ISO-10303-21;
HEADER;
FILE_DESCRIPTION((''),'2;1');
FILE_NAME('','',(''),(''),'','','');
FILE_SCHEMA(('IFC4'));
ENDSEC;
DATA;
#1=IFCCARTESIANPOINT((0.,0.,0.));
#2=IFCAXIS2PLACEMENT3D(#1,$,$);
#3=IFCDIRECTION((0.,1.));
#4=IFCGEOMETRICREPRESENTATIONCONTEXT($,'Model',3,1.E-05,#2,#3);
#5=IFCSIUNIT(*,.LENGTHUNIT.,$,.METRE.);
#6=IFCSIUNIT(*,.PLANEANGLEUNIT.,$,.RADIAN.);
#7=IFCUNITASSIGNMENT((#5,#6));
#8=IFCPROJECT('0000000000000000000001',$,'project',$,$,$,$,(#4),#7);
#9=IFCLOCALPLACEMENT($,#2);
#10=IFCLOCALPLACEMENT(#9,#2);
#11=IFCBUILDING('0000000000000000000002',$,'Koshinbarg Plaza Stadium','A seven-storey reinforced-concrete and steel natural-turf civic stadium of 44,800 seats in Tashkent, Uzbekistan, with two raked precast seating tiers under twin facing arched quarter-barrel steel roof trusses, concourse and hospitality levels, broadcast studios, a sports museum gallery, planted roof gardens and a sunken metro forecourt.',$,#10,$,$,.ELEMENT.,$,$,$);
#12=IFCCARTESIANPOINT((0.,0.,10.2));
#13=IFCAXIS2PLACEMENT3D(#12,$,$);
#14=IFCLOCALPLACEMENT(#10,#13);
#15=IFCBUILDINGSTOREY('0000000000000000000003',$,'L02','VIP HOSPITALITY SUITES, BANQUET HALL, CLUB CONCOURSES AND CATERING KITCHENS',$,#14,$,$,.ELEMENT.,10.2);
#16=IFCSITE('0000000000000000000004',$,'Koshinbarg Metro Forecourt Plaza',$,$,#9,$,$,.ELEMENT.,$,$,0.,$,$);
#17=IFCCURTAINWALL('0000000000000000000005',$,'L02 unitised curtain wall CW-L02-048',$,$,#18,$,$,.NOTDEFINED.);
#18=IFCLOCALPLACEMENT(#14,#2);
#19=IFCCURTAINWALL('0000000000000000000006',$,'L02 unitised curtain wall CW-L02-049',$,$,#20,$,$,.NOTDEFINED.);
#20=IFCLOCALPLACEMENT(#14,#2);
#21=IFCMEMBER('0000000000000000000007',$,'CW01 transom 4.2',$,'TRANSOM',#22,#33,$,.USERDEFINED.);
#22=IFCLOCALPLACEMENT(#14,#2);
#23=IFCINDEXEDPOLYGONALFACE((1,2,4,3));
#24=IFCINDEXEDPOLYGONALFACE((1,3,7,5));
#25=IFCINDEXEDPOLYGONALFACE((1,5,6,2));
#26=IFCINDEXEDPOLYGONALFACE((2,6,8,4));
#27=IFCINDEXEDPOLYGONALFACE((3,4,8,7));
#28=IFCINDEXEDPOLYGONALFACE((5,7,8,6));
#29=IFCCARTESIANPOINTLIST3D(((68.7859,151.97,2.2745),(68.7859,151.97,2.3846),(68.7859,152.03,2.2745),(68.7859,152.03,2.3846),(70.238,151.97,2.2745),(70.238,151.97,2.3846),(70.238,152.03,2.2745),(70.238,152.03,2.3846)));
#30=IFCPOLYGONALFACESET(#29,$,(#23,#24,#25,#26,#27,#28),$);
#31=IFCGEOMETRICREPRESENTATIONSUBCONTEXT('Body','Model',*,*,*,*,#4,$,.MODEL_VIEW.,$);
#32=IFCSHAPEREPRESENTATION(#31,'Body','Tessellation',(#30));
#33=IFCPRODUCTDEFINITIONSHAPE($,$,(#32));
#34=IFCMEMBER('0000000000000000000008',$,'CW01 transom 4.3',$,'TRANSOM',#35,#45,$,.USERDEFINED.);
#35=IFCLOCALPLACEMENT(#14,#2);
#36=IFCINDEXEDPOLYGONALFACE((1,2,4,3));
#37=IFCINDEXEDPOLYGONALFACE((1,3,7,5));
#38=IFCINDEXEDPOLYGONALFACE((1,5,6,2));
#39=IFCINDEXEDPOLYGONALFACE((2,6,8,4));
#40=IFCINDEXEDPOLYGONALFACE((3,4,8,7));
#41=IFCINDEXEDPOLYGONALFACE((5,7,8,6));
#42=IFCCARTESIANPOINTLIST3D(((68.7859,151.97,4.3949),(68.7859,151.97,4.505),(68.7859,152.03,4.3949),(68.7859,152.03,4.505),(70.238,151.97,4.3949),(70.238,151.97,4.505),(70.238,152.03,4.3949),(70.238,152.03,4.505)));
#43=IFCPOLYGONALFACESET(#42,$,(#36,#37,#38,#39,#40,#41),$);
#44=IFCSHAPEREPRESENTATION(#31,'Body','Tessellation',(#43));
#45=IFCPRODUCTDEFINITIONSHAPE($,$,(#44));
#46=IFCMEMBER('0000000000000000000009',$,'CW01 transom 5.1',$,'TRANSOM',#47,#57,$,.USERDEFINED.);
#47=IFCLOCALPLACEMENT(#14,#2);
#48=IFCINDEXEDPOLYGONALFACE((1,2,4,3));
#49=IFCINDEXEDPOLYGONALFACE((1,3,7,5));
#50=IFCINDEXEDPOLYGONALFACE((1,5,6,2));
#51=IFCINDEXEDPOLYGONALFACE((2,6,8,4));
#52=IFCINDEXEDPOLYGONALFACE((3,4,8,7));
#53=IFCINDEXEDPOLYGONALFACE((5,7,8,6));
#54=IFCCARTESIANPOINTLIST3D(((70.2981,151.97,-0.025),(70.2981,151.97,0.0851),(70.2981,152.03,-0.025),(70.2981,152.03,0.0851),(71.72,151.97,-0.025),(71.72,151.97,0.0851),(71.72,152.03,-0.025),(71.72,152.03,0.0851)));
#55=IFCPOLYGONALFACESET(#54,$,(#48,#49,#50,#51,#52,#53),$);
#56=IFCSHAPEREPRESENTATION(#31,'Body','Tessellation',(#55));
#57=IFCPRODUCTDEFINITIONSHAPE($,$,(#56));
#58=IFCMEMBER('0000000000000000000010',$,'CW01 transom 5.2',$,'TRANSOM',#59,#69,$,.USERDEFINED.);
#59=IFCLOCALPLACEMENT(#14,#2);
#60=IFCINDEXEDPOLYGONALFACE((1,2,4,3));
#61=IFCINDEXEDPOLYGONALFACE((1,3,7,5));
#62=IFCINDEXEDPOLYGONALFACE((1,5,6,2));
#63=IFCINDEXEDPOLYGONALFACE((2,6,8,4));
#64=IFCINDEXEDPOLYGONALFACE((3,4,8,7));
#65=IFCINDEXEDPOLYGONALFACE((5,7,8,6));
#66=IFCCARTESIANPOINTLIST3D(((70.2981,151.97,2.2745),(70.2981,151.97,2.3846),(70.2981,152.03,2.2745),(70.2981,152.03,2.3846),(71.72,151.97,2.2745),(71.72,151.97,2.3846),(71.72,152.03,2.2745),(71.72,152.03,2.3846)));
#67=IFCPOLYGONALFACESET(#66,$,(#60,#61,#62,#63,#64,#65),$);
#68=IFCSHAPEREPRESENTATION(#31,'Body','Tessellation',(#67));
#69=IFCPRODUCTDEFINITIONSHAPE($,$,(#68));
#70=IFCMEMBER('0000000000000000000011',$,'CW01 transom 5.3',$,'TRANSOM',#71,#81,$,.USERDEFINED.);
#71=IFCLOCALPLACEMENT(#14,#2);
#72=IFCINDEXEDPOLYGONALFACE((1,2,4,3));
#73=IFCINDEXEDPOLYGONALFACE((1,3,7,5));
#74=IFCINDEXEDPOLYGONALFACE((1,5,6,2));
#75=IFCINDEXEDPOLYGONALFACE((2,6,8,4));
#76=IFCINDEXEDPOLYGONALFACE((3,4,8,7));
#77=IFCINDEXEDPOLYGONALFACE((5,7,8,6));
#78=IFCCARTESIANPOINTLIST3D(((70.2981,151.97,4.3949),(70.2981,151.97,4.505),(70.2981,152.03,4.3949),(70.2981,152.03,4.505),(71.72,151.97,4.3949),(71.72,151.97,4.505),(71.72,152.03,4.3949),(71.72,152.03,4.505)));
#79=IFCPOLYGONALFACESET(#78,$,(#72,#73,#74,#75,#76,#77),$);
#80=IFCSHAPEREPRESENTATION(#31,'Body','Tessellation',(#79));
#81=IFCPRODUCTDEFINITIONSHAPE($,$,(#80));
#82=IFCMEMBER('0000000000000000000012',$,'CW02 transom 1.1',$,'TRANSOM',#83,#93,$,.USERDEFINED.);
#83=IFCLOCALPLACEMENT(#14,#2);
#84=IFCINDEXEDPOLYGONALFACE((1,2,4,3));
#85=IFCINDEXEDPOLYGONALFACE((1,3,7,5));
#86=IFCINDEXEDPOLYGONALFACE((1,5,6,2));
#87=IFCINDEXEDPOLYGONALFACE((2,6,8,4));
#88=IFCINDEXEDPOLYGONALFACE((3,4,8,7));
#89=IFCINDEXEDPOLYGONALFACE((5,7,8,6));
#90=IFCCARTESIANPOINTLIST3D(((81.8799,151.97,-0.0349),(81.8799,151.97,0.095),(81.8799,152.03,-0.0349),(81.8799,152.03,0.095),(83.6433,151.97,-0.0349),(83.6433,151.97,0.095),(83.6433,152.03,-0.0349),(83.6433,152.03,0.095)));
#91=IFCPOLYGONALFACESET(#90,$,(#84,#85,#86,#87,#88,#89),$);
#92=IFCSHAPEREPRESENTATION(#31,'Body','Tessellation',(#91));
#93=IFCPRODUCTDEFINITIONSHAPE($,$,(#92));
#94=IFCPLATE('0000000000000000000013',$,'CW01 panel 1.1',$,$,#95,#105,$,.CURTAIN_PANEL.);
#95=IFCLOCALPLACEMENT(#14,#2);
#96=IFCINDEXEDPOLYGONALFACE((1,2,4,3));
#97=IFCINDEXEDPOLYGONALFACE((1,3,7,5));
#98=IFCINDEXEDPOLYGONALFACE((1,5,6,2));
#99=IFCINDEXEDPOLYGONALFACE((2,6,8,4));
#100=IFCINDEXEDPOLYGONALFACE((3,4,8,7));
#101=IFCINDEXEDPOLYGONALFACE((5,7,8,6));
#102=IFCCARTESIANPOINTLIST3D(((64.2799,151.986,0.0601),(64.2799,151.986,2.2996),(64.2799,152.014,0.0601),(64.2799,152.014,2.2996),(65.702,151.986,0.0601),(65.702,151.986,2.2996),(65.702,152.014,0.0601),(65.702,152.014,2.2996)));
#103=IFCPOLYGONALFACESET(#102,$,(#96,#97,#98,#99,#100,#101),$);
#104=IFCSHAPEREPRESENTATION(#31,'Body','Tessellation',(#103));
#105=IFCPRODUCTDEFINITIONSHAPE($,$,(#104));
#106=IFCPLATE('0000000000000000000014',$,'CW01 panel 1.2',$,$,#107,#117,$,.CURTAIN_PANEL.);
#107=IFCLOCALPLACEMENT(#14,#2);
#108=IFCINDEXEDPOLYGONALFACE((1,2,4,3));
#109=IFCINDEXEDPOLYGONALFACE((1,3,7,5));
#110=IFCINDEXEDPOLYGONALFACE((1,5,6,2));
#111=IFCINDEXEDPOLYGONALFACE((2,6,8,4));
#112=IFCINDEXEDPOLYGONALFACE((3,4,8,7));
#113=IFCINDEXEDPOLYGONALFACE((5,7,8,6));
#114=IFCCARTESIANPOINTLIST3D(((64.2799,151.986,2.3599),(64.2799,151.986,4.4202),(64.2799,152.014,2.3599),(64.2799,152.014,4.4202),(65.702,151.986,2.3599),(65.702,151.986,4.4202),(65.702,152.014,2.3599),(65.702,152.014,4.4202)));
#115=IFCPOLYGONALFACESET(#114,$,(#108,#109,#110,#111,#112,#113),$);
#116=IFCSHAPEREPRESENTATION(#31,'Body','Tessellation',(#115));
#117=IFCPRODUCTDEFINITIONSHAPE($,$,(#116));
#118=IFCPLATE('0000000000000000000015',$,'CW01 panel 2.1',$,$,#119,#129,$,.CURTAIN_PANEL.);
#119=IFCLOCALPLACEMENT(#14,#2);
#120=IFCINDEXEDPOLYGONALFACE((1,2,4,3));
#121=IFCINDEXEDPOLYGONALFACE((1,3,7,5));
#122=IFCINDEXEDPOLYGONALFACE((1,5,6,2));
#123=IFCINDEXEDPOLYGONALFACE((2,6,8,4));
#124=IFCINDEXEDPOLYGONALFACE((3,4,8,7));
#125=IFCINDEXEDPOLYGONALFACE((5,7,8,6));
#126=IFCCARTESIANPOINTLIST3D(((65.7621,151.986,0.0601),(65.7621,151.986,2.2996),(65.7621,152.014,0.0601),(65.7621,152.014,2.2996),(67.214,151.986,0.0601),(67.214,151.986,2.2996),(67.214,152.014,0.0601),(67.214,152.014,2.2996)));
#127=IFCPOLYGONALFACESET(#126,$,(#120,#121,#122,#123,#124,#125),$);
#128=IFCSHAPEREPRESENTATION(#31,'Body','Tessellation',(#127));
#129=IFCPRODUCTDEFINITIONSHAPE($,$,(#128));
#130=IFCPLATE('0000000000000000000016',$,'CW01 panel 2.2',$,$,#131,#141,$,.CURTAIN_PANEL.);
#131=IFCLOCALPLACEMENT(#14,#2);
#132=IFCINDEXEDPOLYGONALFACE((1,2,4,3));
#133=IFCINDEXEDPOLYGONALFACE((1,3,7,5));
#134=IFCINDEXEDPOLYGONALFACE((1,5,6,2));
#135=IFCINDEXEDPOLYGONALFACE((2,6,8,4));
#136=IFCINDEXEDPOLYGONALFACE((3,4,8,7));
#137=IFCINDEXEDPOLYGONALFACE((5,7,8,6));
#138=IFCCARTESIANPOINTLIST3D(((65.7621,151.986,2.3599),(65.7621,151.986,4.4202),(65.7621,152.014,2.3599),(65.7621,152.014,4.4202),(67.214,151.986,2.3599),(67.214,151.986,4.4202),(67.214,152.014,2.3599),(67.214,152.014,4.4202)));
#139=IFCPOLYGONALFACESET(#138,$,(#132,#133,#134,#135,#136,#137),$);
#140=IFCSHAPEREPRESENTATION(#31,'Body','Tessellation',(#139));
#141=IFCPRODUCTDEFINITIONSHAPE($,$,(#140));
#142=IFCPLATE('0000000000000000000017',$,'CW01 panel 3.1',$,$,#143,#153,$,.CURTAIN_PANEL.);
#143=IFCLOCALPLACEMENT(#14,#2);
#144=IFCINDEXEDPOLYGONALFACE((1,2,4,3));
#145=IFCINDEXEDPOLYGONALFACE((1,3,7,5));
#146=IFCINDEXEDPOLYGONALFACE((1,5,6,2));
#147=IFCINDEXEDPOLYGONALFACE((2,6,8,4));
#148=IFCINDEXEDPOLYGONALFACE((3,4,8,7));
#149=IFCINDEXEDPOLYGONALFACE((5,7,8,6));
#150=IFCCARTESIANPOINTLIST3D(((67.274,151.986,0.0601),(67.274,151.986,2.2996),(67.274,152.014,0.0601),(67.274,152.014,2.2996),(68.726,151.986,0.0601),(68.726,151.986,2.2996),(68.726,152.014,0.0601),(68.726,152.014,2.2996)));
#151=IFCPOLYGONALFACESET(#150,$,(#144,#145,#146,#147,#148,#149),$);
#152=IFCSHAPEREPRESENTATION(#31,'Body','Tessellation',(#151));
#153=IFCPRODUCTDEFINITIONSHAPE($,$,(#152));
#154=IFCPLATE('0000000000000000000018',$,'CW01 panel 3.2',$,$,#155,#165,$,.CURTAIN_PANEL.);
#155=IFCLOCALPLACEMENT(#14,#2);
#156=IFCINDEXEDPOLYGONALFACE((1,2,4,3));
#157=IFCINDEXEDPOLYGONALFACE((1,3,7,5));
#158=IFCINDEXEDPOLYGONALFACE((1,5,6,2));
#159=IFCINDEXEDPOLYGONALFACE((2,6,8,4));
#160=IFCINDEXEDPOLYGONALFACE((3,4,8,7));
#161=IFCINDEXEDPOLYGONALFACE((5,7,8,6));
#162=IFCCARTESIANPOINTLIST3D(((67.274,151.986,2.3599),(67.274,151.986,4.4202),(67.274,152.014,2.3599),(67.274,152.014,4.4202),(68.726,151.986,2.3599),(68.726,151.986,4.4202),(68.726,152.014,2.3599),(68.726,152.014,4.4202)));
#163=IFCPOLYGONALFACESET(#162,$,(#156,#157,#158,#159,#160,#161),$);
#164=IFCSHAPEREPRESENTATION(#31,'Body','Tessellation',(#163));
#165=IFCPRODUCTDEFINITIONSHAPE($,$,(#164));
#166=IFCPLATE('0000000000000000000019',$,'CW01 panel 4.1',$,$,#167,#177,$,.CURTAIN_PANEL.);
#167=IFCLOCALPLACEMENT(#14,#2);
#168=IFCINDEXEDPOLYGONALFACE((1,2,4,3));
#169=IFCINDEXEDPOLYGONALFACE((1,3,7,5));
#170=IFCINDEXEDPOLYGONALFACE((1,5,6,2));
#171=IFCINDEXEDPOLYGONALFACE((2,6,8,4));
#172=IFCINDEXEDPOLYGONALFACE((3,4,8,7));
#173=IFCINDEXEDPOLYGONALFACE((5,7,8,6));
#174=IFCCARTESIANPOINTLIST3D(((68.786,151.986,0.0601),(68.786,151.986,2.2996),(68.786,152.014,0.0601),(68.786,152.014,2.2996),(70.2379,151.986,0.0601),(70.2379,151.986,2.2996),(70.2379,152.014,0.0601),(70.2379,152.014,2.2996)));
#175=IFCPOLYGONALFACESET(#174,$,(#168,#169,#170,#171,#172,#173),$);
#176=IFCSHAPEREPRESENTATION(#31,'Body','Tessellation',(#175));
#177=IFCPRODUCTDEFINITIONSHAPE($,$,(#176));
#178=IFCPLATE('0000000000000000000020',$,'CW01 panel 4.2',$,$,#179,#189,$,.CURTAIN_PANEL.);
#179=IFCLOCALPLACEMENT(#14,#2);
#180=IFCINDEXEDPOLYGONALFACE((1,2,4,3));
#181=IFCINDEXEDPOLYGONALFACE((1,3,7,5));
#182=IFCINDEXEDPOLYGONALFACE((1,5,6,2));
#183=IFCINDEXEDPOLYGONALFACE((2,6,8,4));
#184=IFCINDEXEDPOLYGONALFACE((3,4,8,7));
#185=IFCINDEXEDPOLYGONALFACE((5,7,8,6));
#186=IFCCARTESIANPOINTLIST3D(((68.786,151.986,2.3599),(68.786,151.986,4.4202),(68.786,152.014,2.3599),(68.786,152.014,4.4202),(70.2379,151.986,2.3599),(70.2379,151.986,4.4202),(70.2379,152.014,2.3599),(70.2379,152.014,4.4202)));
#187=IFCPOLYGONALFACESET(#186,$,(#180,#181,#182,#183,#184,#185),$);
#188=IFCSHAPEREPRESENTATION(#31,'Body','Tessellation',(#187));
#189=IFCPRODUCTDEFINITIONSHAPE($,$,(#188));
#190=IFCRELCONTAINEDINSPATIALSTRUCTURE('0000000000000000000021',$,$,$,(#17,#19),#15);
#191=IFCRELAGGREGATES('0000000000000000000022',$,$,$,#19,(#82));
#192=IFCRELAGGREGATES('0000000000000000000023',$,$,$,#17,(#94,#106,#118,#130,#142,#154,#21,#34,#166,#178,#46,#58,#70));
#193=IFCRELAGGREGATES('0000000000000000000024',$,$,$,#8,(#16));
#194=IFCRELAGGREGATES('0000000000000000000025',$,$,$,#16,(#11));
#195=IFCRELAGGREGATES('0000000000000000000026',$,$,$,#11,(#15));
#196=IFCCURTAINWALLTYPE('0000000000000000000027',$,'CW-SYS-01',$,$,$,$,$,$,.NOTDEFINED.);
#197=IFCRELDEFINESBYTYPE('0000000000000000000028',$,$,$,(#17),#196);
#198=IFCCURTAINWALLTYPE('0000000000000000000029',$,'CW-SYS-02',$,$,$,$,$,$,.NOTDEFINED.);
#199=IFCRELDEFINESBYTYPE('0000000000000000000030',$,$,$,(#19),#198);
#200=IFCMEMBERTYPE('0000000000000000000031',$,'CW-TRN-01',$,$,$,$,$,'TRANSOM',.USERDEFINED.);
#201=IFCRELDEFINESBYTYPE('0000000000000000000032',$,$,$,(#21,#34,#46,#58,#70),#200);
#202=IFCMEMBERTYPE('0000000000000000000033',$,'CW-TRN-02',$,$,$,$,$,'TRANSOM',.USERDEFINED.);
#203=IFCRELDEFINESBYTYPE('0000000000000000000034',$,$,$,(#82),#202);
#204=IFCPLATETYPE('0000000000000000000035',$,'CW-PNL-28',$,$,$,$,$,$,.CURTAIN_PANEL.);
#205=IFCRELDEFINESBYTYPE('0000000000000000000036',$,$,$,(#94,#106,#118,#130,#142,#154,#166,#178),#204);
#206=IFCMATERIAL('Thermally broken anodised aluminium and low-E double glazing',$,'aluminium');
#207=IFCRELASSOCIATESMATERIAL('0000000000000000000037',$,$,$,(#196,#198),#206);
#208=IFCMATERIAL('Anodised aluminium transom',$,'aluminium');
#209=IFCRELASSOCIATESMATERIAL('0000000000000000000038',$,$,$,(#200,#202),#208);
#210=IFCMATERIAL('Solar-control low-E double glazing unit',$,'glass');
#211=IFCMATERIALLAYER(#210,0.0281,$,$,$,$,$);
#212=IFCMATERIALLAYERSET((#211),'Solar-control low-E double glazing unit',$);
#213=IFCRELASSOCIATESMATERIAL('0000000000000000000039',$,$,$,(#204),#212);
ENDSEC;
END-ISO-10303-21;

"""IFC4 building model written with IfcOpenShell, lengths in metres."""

from ifc_helpers import new_model, si_unit, direction, frame, origin, origin_2d, place, context, subcontext, project, spatial, rectangle, extrude, material, layer, layer_set, material_profile, profile_set, type_object, element, aggregate, save


model = new_model("IFC4")

# Units and contexts
model_context = context("Model", 3, precision=1e-05, world=origin(), true_north=direction((0.0, 1.0)))
body_context = subcontext(model_context, "Body", "Model", "MODEL_VIEW")
ifc_project = project(units=[si_unit("LENGTHUNIT", "METRE"), si_unit("PLANEANGLEUNIT", "RADIAN")], contexts=[model_context])

# Site, building, storey
site_placement = place(None, origin())
site = spatial("IfcSite", under=ifc_project, at=site_placement, Name="Koshinbarg Metro Forecourt Plaza", CompositionType="ELEMENT", RefElevation=0.0)
building_placement = place(site_placement, origin())
building = spatial("IfcBuilding", under=site, at=building_placement, Name="Koshinbarg Plaza Stadium", Description="A seven-storey reinforced-concrete and steel natural-turf civic stadium of 44,800 seats in Tashkent, Uzbekistan, with two raked precast seating tiers under twin facing arched quarter-barrel steel roof trusses, concourse and hospitality levels, broadcast studios, a sports museum gallery, planted roof gardens and a sunken metro forecourt.", CompositionType="ELEMENT")
storey_placement = place(building_placement, frame((0.0, 0.0, 10.2)))
storey = spatial("IfcBuildingStorey", under=building, at=storey_placement, Name="L02", Description="VIP HOSPITALITY SUITES, BANQUET HALL, CLUB CONCOURSES AND CATERING KITCHENS", CompositionType="ELEMENT", Elevation=10.2)

# Curtain wall
ifc_material_1 = material(Name="Thermally broken anodised aluminium and low-E double glazing", Category="aluminium")
curtain_wall_type_1 = type_object("IfcCurtainWallType", Name="CW-SYS-01", PredefinedType="NOTDEFINED", material=ifc_material_1)
curtain_wall_1_placement = place(storey_placement, origin())
curtain_wall_1 = element("IfcCurtainWall", 1, at=curtain_wall_1_placement, inside=storey, type_object=curtain_wall_type_1, Name="L02 unitised curtain wall CW-L02-048", PredefinedType="NOTDEFINED")

# Curtain wall
curtain_wall_type_2 = type_object("IfcCurtainWallType", Name="CW-SYS-02", PredefinedType="NOTDEFINED", material=ifc_material_1)
curtain_wall_2_placement = place(storey_placement, origin())
curtain_wall_2 = element("IfcCurtainWall", 2, at=curtain_wall_2_placement, inside=storey, type_object=curtain_wall_type_2, Name="L02 unitised curtain wall CW-L02-049", PredefinedType="NOTDEFINED")

# Members
ifc_material_2 = material(Name="Anodised aluminium transom", Category="aluminium")
ifc_material_profile_1 = material_profile(ifc_material_2, rectangle(XDim=0.0601, YDim=0.1101, at=origin_2d()), Name="ALU 60x110")
ifc_profile_set_1 = profile_set([ifc_material_profile_1], Name="Anodised aluminium transom")
member_type_1 = type_object("IfcMemberType", Name="CW-TRN-01", ElementType="TRANSOM", PredefinedType="USERDEFINED", material=ifc_profile_set_1)
member_1_placement = place(storey_placement, frame((68.7859, 152.0, 2.3296), z_axis=(1.0, 0.0, 0.0), x_axis=(0.0, 1.0, 0.0)))
member_1 = element("IfcMember", 3, at=member_1_placement, type_object=member_type_1, Name="CW01 transom 4.2", ObjectType="TRANSOM", PredefinedType="USERDEFINED", context=body_context, shape_type="SweptSolid", body=[
    extrude(rectangle(XDim=0.0601, YDim=0.1101, at=origin_2d()), origin(), (0.0, 0.0, 1.0), 1.4521),
])
member_2_placement = place(storey_placement, frame((68.7859, 152.0, 4.45), z_axis=(1.0, 0.0, 0.0), x_axis=(0.0, 1.0, 0.0)))
member_2 = element("IfcMember", 4, at=member_2_placement, type_object=member_type_1, Name="CW01 transom 4.3", ObjectType="TRANSOM", PredefinedType="USERDEFINED", context=body_context, shape_type="SweptSolid", body=[
    extrude(rectangle(XDim=0.0601, YDim=0.1101, at=origin_2d()), origin(), (0.0, 0.0, 1.0), 1.4521),
])
member_3_placement = place(storey_placement, frame((70.2981, 152.0, 0.03), z_axis=(1.0, 0.0, 0.0), x_axis=(0.0, 1.0, 0.0)))
member_3 = element("IfcMember", 5, at=member_3_placement, type_object=member_type_1, Name="CW01 transom 5.1", ObjectType="TRANSOM", PredefinedType="USERDEFINED", context=body_context, shape_type="SweptSolid", body=[
    extrude(rectangle(XDim=0.0601, YDim=0.1101, at=origin_2d()), origin(), (0.0, 0.0, 1.0), 1.4219),
])
member_4_placement = place(storey_placement, frame((70.2981, 152.0, 2.3296), z_axis=(1.0, 0.0, 0.0), x_axis=(0.0, 1.0, 0.0)))
member_4 = element("IfcMember", 6, at=member_4_placement, type_object=member_type_1, Name="CW01 transom 5.2", ObjectType="TRANSOM", PredefinedType="USERDEFINED", context=body_context, shape_type="SweptSolid", body=[
    extrude(rectangle(XDim=0.0601, YDim=0.1101, at=origin_2d()), origin(), (0.0, 0.0, 1.0), 1.4219),
])
member_5_placement = place(storey_placement, frame((70.2981, 152.0, 4.45), z_axis=(1.0, 0.0, 0.0), x_axis=(0.0, 1.0, 0.0)))
member_5 = element("IfcMember", 7, at=member_5_placement, type_object=member_type_1, Name="CW01 transom 5.3", ObjectType="TRANSOM", PredefinedType="USERDEFINED", context=body_context, shape_type="SweptSolid", body=[
    extrude(rectangle(XDim=0.0601, YDim=0.1101, at=origin_2d()), origin(), (0.0, 0.0, 1.0), 1.4219),
])
ifc_material_profile_2 = material_profile(ifc_material_2, rectangle(XDim=0.0601, YDim=0.1299, at=origin_2d()), Name="ALU 60x130")
ifc_profile_set_2 = profile_set([ifc_material_profile_2], Name="Anodised aluminium transom")
member_type_2 = type_object("IfcMemberType", Name="CW-TRN-02", ElementType="TRANSOM", PredefinedType="USERDEFINED", material=ifc_profile_set_2)
member_6_placement = place(storey_placement, frame((81.8799, 152.0, 0.03), z_axis=(1.0, 0.0, 0.0), x_axis=(0.0, 1.0, 0.0)))
member_6 = element("IfcMember", 8, at=member_6_placement, type_object=member_type_2, Name="CW02 transom 1.1", ObjectType="TRANSOM", PredefinedType="USERDEFINED", context=body_context, shape_type="SweptSolid", body=[
    extrude(rectangle(XDim=0.0601, YDim=0.1299, at=origin_2d()), origin(), (0.0, 0.0, 1.0), 1.7634),
])
aggregate(curtain_wall_2, [member_6])

# Plates
ifc_material_3 = material(Name="Solar-control low-E double glazing unit", Category="glass")
ifc_layer_1 = layer(ifc_material_3, 0.0281)
ifc_layer_set_1 = layer_set([ifc_layer_1], Name="Solar-control low-E double glazing unit")
plate_type = type_object("IfcPlateType", Name="CW-PNL-28", PredefinedType="CURTAIN_PANEL", material=ifc_layer_set_1)
plate_1_placement = place(storey_placement, frame((64.991, 152.0, 0.0601), z_axis=(0.0, 0.0, 1.0), x_axis=(1.0, 0.0, 0.0)))
plate_1 = element("IfcPlate", 9, at=plate_1_placement, type_object=plate_type, Name="CW01 panel 1.1", PredefinedType="CURTAIN_PANEL", context=body_context, shape_type="SweptSolid", body=[
    extrude(rectangle(XDim=1.4221, YDim=0.0281, at=origin_2d()), origin(), (0.0, 0.0, 1.0), 2.2395),
])
plate_2_placement = place(storey_placement, frame((64.991, 152.0, 2.3599), z_axis=(0.0, 0.0, 1.0), x_axis=(1.0, 0.0, 0.0)))
plate_2 = element("IfcPlate", 10, at=plate_2_placement, type_object=plate_type, Name="CW01 panel 1.2", PredefinedType="CURTAIN_PANEL", context=body_context, shape_type="SweptSolid", body=[
    extrude(rectangle(XDim=1.4221, YDim=0.0281, at=origin_2d()), origin(), (0.0, 0.0, 1.0), 2.0603),
])
plate_3_placement = place(storey_placement, frame((66.488, 152.0, 0.0601), z_axis=(0.0, 0.0, 1.0), x_axis=(1.0, 0.0, 0.0)))
plate_3 = element("IfcPlate", 11, at=plate_3_placement, type_object=plate_type, Name="CW01 panel 2.1", PredefinedType="CURTAIN_PANEL", context=body_context, shape_type="SweptSolid", body=[
    extrude(rectangle(XDim=1.4519, YDim=0.0281, at=origin_2d()), origin(), (0.0, 0.0, 1.0), 2.2395),
])
plate_4_placement = place(storey_placement, frame((66.488, 152.0, 2.3599), z_axis=(0.0, 0.0, 1.0), x_axis=(1.0, 0.0, 0.0)))
plate_4 = element("IfcPlate", 12, at=plate_4_placement, type_object=plate_type, Name="CW01 panel 2.2", PredefinedType="CURTAIN_PANEL", context=body_context, shape_type="SweptSolid", body=[
    extrude(rectangle(XDim=1.4519, YDim=0.0281, at=origin_2d()), origin(), (0.0, 0.0, 1.0), 2.0603),
])
plate_5_placement = place(storey_placement, frame((68.0, 152.0, 0.0601), z_axis=(0.0, 0.0, 1.0), x_axis=(1.0, 0.0, 0.0)))
plate_5 = element("IfcPlate", 13, at=plate_5_placement, type_object=plate_type, Name="CW01 panel 3.1", PredefinedType="CURTAIN_PANEL", context=body_context, shape_type="SweptSolid", body=[
    extrude(rectangle(XDim=1.4519, YDim=0.0281, at=origin_2d()), origin(), (0.0, 0.0, 1.0), 2.2395),
])
plate_6_placement = place(storey_placement, frame((68.0, 152.0, 2.3599), z_axis=(0.0, 0.0, 1.0), x_axis=(1.0, 0.0, 0.0)))
plate_6 = element("IfcPlate", 14, at=plate_6_placement, type_object=plate_type, Name="CW01 panel 3.2", PredefinedType="CURTAIN_PANEL", context=body_context, shape_type="SweptSolid", body=[
    extrude(rectangle(XDim=1.4519, YDim=0.0281, at=origin_2d()), origin(), (0.0, 0.0, 1.0), 2.0603),
])
plate_7_placement = place(storey_placement, frame((69.512, 152.0, 0.0601), z_axis=(0.0, 0.0, 1.0), x_axis=(1.0, 0.0, 0.0)))
plate_7 = element("IfcPlate", 15, at=plate_7_placement, type_object=plate_type, Name="CW01 panel 4.1", PredefinedType="CURTAIN_PANEL", context=body_context, shape_type="SweptSolid", body=[
    extrude(rectangle(XDim=1.4519, YDim=0.0281, at=origin_2d()), origin(), (0.0, 0.0, 1.0), 2.2395),
])
plate_8_placement = place(storey_placement, frame((69.512, 152.0, 2.3599), z_axis=(0.0, 0.0, 1.0), x_axis=(1.0, 0.0, 0.0)))
plate_8 = element("IfcPlate", 16, at=plate_8_placement, type_object=plate_type, Name="CW01 panel 4.2", PredefinedType="CURTAIN_PANEL", context=body_context, shape_type="SweptSolid", body=[
    extrude(rectangle(XDim=1.4519, YDim=0.0281, at=origin_2d()), origin(), (0.0, 0.0, 1.0), 2.0603),
])
aggregate(curtain_wall_1, [plate_1, plate_2, plate_3, plate_4, plate_5, plate_6, member_1, member_2, plate_7, plate_8, member_3, member_4, member_5])

save(model, "model.ifc")
